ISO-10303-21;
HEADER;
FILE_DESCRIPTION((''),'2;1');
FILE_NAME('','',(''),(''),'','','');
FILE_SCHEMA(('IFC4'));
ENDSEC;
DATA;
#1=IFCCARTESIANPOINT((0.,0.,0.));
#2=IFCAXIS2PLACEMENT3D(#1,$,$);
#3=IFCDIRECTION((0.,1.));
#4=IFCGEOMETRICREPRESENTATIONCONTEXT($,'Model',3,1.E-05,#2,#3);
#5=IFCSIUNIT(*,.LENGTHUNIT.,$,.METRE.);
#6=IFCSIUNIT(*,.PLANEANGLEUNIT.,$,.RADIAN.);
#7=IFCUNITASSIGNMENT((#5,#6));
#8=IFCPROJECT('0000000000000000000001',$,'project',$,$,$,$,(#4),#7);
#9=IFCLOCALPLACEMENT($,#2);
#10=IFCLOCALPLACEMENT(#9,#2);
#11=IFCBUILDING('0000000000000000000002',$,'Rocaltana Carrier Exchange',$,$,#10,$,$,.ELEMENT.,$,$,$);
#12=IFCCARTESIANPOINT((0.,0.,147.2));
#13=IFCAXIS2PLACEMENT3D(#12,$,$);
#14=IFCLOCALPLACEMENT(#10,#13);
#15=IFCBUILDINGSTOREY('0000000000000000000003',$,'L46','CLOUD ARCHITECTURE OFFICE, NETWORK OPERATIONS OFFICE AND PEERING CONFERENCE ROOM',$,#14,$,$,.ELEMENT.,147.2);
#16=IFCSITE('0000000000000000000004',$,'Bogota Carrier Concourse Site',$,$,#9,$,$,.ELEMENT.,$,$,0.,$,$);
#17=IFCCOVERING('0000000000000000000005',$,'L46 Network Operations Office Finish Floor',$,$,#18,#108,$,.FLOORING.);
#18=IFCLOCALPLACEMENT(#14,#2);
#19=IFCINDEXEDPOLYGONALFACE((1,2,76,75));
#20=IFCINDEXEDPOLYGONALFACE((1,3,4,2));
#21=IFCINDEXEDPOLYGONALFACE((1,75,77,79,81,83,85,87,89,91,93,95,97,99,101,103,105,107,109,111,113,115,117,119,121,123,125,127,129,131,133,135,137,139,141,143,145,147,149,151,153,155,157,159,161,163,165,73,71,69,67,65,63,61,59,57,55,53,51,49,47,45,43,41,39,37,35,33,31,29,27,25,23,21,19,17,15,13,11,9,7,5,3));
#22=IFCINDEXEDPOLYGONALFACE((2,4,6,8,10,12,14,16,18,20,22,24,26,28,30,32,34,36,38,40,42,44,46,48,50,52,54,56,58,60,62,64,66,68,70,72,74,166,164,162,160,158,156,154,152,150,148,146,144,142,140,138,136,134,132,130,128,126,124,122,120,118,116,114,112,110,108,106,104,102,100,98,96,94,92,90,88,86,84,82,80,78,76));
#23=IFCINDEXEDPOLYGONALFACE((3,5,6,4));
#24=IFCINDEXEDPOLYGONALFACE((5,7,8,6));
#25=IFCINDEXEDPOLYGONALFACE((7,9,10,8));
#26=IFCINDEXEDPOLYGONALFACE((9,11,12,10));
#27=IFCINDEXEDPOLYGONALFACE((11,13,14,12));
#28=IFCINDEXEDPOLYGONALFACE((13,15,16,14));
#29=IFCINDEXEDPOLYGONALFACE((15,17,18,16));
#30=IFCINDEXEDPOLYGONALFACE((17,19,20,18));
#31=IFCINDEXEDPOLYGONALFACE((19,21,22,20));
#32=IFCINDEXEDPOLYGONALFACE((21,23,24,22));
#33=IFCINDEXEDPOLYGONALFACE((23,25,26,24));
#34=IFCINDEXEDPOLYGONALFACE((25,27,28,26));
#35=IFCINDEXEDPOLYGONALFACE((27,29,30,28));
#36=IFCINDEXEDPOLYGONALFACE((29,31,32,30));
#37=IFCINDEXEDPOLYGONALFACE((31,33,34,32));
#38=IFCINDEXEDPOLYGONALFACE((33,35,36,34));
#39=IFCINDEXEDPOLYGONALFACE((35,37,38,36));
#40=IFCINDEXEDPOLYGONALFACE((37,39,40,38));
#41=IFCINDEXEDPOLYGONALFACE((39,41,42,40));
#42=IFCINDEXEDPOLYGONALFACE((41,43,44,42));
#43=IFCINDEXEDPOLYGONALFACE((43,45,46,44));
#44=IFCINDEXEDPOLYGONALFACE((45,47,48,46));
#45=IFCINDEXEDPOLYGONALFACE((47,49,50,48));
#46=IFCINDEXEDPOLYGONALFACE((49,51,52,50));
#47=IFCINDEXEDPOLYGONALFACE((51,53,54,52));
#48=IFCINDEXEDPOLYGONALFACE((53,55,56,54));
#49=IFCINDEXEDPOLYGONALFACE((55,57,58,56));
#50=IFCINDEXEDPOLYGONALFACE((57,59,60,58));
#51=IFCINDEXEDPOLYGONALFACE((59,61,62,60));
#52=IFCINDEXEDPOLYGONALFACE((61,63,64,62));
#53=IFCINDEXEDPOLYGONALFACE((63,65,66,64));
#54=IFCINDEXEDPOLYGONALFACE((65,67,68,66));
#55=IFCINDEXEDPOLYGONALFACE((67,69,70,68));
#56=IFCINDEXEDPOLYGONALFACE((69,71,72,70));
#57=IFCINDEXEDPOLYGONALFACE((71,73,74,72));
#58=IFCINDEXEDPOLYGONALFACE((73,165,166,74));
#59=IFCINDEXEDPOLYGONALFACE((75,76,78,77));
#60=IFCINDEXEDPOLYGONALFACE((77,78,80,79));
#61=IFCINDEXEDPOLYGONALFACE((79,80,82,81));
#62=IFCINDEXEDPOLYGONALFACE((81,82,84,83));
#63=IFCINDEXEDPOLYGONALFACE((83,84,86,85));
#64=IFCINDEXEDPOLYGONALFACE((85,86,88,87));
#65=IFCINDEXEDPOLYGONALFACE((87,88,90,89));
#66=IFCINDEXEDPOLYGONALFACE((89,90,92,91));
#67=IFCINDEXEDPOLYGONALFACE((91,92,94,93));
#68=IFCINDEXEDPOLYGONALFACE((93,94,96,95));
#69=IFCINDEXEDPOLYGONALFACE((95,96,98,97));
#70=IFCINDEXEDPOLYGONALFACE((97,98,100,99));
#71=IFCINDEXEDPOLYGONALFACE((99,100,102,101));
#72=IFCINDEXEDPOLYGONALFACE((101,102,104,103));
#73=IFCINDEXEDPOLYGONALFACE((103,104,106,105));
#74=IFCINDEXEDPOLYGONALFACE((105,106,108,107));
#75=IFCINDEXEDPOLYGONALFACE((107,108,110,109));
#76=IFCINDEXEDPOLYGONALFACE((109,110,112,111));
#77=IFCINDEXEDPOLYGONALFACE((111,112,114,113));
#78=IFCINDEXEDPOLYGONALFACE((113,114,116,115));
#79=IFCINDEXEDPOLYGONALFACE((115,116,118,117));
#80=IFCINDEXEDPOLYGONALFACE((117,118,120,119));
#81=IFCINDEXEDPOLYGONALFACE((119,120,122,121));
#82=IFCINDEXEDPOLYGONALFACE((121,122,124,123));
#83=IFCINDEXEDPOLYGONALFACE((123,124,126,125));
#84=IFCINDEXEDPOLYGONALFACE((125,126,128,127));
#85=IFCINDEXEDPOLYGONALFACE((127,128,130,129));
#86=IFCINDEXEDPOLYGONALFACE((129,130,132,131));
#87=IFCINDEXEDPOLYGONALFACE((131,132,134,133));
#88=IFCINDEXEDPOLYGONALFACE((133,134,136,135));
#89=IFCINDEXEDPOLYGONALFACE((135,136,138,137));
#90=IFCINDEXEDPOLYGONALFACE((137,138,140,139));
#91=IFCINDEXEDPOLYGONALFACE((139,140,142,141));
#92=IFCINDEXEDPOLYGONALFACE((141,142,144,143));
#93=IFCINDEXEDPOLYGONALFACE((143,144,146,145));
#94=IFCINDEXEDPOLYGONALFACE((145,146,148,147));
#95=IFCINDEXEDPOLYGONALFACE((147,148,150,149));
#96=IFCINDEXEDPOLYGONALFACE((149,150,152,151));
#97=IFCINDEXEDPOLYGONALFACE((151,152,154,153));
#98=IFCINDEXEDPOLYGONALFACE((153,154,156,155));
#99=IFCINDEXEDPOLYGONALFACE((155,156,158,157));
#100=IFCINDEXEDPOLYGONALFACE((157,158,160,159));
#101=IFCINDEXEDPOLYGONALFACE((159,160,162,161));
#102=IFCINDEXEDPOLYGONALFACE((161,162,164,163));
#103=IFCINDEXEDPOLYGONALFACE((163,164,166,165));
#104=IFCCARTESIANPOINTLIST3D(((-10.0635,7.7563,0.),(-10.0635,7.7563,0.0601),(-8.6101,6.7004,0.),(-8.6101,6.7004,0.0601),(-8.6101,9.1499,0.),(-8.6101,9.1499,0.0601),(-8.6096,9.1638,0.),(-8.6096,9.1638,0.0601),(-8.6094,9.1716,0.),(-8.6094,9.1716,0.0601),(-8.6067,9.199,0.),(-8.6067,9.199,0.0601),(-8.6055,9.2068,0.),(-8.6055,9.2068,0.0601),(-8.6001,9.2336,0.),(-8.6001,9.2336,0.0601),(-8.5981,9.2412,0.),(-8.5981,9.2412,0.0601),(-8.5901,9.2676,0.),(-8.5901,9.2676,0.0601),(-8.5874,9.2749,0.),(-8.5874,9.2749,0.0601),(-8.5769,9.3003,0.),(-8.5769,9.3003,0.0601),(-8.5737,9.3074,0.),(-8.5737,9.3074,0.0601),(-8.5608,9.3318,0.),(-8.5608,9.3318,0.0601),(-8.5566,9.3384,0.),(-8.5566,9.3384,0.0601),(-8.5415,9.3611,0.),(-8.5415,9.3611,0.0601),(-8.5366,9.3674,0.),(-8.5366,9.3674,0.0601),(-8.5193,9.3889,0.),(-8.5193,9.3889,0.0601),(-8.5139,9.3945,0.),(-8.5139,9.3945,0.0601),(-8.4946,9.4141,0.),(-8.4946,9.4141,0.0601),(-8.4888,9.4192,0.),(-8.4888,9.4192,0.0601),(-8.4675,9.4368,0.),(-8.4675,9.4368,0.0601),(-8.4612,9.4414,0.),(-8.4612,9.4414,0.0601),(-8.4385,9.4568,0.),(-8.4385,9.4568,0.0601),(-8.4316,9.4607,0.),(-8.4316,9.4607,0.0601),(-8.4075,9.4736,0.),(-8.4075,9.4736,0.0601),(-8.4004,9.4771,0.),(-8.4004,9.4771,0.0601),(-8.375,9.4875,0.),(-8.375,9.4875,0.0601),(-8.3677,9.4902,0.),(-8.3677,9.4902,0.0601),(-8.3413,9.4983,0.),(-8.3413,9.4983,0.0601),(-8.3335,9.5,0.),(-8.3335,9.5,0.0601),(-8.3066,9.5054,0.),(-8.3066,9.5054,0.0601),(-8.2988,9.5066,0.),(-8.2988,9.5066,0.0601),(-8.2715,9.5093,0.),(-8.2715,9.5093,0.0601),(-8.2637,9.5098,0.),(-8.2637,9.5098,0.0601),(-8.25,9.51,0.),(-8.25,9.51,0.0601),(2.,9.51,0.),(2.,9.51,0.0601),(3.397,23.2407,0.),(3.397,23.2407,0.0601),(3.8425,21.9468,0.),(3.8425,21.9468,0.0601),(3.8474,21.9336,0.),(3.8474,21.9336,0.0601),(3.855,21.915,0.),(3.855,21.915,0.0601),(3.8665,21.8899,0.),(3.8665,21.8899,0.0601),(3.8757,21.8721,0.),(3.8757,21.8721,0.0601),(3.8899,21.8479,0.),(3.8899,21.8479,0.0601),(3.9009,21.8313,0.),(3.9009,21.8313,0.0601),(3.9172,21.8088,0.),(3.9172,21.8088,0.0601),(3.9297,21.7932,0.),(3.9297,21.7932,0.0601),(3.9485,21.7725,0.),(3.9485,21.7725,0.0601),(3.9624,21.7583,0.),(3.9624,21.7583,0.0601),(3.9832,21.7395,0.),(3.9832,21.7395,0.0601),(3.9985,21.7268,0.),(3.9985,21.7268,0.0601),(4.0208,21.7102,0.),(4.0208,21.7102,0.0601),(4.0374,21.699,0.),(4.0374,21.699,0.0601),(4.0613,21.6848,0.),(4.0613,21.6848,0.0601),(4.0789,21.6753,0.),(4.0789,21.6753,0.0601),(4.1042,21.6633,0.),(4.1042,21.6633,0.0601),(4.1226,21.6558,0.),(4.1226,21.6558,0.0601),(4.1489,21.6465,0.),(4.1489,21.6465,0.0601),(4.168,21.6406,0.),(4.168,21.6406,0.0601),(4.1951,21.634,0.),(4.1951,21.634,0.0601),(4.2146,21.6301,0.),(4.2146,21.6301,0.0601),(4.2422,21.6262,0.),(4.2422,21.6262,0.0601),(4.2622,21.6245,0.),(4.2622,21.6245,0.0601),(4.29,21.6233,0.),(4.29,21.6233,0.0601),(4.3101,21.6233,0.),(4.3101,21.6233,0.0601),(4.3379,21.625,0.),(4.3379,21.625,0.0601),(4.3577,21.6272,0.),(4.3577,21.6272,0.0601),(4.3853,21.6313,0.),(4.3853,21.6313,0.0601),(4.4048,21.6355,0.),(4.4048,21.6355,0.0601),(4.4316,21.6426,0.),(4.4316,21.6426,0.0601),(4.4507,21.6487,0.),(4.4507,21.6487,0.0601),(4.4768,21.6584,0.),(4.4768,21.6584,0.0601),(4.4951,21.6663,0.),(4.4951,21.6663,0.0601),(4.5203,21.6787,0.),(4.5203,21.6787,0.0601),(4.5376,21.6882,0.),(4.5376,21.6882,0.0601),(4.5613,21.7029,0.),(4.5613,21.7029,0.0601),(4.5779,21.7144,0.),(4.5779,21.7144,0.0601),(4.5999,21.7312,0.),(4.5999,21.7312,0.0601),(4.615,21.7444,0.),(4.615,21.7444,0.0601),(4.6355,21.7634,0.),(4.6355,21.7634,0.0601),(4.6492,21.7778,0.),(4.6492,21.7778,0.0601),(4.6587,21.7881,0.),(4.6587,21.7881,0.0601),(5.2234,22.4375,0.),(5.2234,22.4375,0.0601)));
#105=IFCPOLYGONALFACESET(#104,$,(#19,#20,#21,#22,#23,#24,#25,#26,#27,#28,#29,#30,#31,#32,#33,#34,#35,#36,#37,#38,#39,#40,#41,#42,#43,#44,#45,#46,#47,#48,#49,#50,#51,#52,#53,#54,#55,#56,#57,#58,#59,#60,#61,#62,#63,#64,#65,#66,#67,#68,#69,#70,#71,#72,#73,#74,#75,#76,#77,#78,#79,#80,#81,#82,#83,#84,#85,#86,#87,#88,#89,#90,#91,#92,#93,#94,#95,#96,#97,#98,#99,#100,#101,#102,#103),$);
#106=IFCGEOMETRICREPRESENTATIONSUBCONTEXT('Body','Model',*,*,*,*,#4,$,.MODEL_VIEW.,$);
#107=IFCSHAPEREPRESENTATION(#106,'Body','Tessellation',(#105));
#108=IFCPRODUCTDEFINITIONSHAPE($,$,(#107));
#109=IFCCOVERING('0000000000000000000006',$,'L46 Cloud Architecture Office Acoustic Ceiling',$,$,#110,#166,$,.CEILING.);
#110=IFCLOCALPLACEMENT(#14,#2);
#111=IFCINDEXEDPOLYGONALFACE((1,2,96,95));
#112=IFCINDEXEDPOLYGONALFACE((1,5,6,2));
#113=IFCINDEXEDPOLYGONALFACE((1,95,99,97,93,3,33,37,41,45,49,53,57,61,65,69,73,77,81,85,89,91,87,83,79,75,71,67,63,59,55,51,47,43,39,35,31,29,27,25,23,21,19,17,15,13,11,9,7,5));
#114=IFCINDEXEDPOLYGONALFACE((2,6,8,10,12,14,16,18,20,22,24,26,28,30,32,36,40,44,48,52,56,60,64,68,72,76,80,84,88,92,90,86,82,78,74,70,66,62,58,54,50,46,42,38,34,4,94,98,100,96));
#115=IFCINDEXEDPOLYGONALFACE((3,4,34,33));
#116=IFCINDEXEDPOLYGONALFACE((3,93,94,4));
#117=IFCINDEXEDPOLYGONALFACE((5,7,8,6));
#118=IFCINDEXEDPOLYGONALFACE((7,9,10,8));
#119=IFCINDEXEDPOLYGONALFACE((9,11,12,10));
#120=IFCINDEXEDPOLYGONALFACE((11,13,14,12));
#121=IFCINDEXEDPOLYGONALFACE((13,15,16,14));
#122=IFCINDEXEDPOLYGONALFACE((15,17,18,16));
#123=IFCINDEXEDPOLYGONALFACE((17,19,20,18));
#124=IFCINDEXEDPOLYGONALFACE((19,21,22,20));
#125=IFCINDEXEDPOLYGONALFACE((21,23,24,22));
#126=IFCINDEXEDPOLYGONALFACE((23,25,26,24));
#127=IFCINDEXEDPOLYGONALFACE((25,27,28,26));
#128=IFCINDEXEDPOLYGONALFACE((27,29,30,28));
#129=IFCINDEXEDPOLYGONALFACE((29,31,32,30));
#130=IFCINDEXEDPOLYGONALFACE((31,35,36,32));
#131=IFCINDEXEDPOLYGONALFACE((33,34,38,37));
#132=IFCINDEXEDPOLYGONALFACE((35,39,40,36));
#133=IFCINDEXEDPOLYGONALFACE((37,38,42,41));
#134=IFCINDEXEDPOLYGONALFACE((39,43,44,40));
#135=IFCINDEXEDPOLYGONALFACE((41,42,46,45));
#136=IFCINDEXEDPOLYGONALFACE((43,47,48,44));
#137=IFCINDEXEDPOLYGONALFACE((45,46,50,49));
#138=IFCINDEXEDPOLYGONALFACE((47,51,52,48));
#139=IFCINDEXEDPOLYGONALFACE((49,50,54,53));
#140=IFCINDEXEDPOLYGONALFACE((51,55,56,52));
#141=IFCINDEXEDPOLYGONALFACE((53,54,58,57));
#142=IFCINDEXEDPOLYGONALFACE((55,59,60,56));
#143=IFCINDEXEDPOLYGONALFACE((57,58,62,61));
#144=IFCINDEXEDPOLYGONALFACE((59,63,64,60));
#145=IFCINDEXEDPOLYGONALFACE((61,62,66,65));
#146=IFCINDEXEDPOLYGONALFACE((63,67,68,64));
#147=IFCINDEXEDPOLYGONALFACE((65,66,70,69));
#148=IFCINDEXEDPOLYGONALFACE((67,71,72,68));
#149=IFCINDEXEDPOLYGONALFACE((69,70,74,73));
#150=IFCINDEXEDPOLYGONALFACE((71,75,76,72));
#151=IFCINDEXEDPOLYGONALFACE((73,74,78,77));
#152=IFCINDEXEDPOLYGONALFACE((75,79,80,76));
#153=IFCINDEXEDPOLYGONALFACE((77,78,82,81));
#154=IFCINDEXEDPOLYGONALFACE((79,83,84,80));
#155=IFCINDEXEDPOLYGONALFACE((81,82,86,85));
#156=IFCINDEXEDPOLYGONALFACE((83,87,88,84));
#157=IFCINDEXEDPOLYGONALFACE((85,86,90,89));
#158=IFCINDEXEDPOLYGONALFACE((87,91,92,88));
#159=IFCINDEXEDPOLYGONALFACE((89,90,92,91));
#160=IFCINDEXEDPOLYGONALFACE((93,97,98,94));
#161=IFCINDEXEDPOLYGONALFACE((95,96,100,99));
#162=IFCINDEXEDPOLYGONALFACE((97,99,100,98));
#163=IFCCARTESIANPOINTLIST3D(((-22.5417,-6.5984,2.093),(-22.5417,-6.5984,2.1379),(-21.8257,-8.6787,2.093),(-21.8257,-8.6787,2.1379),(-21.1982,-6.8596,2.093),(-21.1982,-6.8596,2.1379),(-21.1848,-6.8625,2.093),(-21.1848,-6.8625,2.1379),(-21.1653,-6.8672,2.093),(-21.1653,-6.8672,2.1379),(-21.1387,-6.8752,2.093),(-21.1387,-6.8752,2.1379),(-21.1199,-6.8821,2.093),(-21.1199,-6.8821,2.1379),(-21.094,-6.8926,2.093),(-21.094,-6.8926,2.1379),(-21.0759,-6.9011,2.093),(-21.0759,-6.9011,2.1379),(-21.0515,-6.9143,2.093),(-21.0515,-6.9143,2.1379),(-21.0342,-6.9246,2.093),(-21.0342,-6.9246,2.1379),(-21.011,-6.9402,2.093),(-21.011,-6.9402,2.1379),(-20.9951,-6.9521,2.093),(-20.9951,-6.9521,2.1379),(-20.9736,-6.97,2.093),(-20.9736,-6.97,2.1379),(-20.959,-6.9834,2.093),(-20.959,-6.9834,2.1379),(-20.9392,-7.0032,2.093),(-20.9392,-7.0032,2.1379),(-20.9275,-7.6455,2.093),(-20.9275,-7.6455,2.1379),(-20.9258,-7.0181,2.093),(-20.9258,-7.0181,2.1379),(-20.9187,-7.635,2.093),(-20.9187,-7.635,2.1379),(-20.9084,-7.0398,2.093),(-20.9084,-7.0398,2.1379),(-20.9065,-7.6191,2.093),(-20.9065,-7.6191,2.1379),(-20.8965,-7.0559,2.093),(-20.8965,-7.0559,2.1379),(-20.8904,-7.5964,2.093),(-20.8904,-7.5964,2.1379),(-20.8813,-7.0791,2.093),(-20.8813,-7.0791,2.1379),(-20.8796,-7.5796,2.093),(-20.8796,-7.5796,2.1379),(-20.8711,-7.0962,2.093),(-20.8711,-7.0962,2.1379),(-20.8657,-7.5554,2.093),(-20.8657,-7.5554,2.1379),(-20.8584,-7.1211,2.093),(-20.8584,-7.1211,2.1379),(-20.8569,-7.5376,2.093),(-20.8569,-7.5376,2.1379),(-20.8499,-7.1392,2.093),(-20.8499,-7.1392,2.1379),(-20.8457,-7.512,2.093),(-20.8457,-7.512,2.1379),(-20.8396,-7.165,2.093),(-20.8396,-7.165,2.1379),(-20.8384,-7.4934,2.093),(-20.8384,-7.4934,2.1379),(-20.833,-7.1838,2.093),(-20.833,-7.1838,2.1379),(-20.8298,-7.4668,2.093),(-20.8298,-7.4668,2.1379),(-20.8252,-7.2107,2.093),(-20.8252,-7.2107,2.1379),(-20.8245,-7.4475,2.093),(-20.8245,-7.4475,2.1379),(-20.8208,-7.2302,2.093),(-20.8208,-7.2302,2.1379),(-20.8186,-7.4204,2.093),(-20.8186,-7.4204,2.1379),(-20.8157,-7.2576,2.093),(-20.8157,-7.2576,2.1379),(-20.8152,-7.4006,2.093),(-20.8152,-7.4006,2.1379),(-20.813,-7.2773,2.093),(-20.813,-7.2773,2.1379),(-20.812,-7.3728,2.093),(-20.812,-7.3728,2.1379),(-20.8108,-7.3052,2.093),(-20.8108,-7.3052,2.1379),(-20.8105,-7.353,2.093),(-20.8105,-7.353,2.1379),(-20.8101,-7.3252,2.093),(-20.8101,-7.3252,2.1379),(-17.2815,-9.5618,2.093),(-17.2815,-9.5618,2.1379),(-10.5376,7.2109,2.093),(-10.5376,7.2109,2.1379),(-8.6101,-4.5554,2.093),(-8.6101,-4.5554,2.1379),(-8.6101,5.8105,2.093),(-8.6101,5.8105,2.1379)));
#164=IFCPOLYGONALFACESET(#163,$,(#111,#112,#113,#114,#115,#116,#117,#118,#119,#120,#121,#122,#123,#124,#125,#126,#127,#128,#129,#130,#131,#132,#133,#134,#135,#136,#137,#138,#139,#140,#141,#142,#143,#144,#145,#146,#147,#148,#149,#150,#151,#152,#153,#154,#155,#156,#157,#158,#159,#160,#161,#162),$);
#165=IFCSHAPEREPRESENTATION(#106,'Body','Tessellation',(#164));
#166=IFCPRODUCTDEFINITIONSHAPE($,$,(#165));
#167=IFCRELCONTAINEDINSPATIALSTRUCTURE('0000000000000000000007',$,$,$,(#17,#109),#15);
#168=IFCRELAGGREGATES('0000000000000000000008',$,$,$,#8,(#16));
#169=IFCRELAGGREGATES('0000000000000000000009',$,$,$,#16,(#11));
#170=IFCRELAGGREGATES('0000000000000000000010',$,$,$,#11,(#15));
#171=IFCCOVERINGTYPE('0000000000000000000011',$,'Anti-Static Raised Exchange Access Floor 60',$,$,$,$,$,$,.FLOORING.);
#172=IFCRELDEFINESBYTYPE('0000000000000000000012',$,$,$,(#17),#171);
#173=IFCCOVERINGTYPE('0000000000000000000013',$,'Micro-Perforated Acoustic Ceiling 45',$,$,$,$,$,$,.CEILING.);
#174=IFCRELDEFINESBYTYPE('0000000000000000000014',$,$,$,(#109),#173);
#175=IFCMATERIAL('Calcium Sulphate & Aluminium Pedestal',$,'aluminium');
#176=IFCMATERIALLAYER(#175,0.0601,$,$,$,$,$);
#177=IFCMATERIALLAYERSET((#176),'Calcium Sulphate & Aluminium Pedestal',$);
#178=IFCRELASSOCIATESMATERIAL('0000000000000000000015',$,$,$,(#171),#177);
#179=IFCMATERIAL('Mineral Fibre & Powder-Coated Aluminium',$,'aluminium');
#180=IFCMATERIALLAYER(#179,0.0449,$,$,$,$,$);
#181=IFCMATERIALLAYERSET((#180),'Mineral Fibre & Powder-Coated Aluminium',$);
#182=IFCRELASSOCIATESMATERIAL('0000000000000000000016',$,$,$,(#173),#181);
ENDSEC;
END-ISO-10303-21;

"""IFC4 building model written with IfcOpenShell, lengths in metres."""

from ifc_helpers import new_model, si_unit, direction, frame, origin, place, context, subcontext, project, spatial, polyline, outline, extrude, material, layer, layer_set, type_object, element, save


model = new_model("IFC4")

# Units and contexts
model_context = context("Model", 3, precision=1e-05, world=origin(), true_north=direction((0.0, 1.0)))
body_context = subcontext(model_context, "Body", "Model", "MODEL_VIEW")
ifc_project = project(units=[si_unit("LENGTHUNIT", "METRE"), si_unit("PLANEANGLEUNIT", "RADIAN")], contexts=[model_context])

# Site, building, storey
site_placement = place(None, origin())
site = spatial("IfcSite", under=ifc_project, at=site_placement, Name="Bogota Carrier Concourse Site", CompositionType="ELEMENT", RefElevation=0.0)
building_placement = place(site_placement, origin())
building = spatial("IfcBuilding", under=site, at=building_placement, Name="Rocaltana Carrier Exchange", CompositionType="ELEMENT")
storey_placement = place(building_placement, frame((0.0, 0.0, 147.2)))
storey = spatial("IfcBuildingStorey", under=building, at=storey_placement, Name="L46", Description="CLOUD ARCHITECTURE OFFICE, NETWORK OPERATIONS OFFICE AND PEERING CONFERENCE ROOM", CompositionType="ELEMENT", Elevation=147.2)

# Coverings
ifc_material_1 = material(Name="Calcium Sulphate & Aluminium Pedestal", Category="aluminium")
ifc_layer_1 = layer(ifc_material_1, 0.0601)
ifc_layer_set_1 = layer_set([ifc_layer_1], Name="Calcium Sulphate & Aluminium Pedestal")
covering_type_1 = type_object("IfcCoveringType", Name="Anti-Static Raised Exchange Access Floor 60", PredefinedType="FLOORING", material=ifc_layer_set_1)
covering_1_placement = place(storey_placement, origin())
element("IfcCovering", 1, at=covering_1_placement, inside=storey, type_object=covering_type_1, Name="L46 Network Operations Office Finish Floor", PredefinedType="FLOORING", context=body_context, shape_type="SweptSolid", body=[
    extrude(outline(polyline([(3.397, 23.2407), (3.8425, 21.9468), (3.8474, 21.9336), (3.855, 21.915), (3.8665, 21.8899), (3.8757, 21.8721), (3.8899, 21.8479), (3.9009, 21.8313), (3.9172, 21.8088), (3.9297, 21.7932), (3.9485, 21.7725), (3.9624, 21.7583), (3.9832, 21.7395), (3.9985, 21.7268), (4.0208, 21.7102), (4.0374, 21.699), (4.0613, 21.6848), (4.0789, 21.6753), (4.1042, 21.6633), (4.1226, 21.6558), (4.1489, 21.6465), (4.168, 21.6406), (4.1951, 21.634), (4.2146, 21.6301), (4.2422, 21.6262), (4.2622, 21.6245), (4.29, 21.6233), (4.3101, 21.6233), (4.3379, 21.625), (4.3577, 21.6272), (4.3853, 21.6313), (4.4048, 21.6355), (4.4316, 21.6426), (4.4507, 21.6487), (4.4768, 21.6584), (4.4951, 21.6663), (4.5203, 21.6787), (4.5376, 21.6882), (4.5613, 21.7029), (4.5779, 21.7144), (4.5999, 21.7312), (4.615, 21.7444), (4.6355, 21.7634), (4.6492, 21.7778), (4.6587, 21.7881), (5.2234, 22.4375), (2.0, 9.51), (-8.25, 9.51), (-8.2637, 9.5098), (-8.2715, 9.5093), (-8.2988, 9.5066), (-8.3066, 9.5054), (-8.3335, 9.5), (-8.3413, 9.4983), (-8.3677, 9.4902), (-8.375, 9.4875), (-8.4004, 9.4771), (-8.4075, 9.4736), (-8.4316, 9.4607), (-8.4385, 9.4568), (-8.4612, 9.4414), (-8.4675, 9.4368), (-8.4888, 9.4192), (-8.4946, 9.4141), (-8.5139, 9.3945), (-8.5193, 9.3889), (-8.5366, 9.3674), (-8.5415, 9.3611), (-8.5566, 9.3384), (-8.5608, 9.3318), (-8.5737, 9.3074), (-8.5769, 9.3003), (-8.5874, 9.2749), (-8.5901, 9.2676), (-8.5981, 9.2412), (-8.6001, 9.2336), (-8.6055, 9.2068), (-8.6067, 9.199), (-8.6094, 9.1716), (-8.6096, 9.1638), (-8.6101, 9.1499), (-8.6101, 6.7004), (-10.0635, 7.7563), (3.397, 23.2407)])), origin(), (0.0, 0.0, 1.0), 0.0601),
])
ifc_material_2 = material(Name="Mineral Fibre & Powder-Coated Aluminium", Category="aluminium")
ifc_layer_2 = layer(ifc_material_2, 0.0449)
ifc_layer_set_2 = layer_set([ifc_layer_2], Name="Mineral Fibre & Powder-Coated Aluminium")
covering_type_2 = type_object("IfcCoveringType", Name="Micro-Perforated Acoustic Ceiling 45", PredefinedType="CEILING", material=ifc_layer_set_2)
covering_2_placement = place(storey_placement, frame((0.0, 0.0, 2.093)))
element("IfcCovering", 2, at=covering_2_placement, inside=storey, type_object=covering_type_2, Name="L46 Cloud Architecture Office Acoustic Ceiling", PredefinedType="CEILING", context=body_context, shape_type="SweptSolid", body=[
    extrude(outline(polyline([(-20.9275, -7.6455), (-20.9187, -7.635), (-20.9065, -7.6191), (-20.8904, -7.5964), (-20.8796, -7.5796), (-20.8657, -7.5554), (-20.8569, -7.5376), (-20.8457, -7.512), (-20.8384, -7.4934), (-20.8298, -7.4668), (-20.8245, -7.4475), (-20.8186, -7.4204), (-20.8152, -7.4006), (-20.812, -7.3728), (-20.8105, -7.353), (-20.8101, -7.3252), (-20.8108, -7.3052), (-20.813, -7.2773), (-20.8157, -7.2576), (-20.8208, -7.2302), (-20.8252, -7.2107), (-20.833, -7.1838), (-20.8396, -7.165), (-20.8499, -7.1392), (-20.8584, -7.1211), (-20.8711, -7.0962), (-20.8813, -7.0791), (-20.8965, -7.0559), (-20.9084, -7.0398), (-20.9258, -7.0181), (-20.9392, -7.0032), (-20.959, -6.9834), (-20.9736, -6.97), (-20.9951, -6.9521), (-21.011, -6.9402), (-21.0342, -6.9246), (-21.0515, -6.9143), (-21.0759, -6.9011), (-21.094, -6.8926), (-21.1199, -6.8821), (-21.1387, -6.8752), (-21.1653, -6.8672), (-21.1848, -6.8625), (-21.1982, -6.8596), (-22.5417, -6.5984), (-10.5376, 7.2109), (-8.6101, 5.8105), (-8.6101, -4.5554), (-17.2815, -9.5618), (-21.8257, -8.6787), (-20.9275, -7.6455)])), origin(), (0.0, 0.0, 1.0), 0.0449),
])

save(model, "model.ifc")
